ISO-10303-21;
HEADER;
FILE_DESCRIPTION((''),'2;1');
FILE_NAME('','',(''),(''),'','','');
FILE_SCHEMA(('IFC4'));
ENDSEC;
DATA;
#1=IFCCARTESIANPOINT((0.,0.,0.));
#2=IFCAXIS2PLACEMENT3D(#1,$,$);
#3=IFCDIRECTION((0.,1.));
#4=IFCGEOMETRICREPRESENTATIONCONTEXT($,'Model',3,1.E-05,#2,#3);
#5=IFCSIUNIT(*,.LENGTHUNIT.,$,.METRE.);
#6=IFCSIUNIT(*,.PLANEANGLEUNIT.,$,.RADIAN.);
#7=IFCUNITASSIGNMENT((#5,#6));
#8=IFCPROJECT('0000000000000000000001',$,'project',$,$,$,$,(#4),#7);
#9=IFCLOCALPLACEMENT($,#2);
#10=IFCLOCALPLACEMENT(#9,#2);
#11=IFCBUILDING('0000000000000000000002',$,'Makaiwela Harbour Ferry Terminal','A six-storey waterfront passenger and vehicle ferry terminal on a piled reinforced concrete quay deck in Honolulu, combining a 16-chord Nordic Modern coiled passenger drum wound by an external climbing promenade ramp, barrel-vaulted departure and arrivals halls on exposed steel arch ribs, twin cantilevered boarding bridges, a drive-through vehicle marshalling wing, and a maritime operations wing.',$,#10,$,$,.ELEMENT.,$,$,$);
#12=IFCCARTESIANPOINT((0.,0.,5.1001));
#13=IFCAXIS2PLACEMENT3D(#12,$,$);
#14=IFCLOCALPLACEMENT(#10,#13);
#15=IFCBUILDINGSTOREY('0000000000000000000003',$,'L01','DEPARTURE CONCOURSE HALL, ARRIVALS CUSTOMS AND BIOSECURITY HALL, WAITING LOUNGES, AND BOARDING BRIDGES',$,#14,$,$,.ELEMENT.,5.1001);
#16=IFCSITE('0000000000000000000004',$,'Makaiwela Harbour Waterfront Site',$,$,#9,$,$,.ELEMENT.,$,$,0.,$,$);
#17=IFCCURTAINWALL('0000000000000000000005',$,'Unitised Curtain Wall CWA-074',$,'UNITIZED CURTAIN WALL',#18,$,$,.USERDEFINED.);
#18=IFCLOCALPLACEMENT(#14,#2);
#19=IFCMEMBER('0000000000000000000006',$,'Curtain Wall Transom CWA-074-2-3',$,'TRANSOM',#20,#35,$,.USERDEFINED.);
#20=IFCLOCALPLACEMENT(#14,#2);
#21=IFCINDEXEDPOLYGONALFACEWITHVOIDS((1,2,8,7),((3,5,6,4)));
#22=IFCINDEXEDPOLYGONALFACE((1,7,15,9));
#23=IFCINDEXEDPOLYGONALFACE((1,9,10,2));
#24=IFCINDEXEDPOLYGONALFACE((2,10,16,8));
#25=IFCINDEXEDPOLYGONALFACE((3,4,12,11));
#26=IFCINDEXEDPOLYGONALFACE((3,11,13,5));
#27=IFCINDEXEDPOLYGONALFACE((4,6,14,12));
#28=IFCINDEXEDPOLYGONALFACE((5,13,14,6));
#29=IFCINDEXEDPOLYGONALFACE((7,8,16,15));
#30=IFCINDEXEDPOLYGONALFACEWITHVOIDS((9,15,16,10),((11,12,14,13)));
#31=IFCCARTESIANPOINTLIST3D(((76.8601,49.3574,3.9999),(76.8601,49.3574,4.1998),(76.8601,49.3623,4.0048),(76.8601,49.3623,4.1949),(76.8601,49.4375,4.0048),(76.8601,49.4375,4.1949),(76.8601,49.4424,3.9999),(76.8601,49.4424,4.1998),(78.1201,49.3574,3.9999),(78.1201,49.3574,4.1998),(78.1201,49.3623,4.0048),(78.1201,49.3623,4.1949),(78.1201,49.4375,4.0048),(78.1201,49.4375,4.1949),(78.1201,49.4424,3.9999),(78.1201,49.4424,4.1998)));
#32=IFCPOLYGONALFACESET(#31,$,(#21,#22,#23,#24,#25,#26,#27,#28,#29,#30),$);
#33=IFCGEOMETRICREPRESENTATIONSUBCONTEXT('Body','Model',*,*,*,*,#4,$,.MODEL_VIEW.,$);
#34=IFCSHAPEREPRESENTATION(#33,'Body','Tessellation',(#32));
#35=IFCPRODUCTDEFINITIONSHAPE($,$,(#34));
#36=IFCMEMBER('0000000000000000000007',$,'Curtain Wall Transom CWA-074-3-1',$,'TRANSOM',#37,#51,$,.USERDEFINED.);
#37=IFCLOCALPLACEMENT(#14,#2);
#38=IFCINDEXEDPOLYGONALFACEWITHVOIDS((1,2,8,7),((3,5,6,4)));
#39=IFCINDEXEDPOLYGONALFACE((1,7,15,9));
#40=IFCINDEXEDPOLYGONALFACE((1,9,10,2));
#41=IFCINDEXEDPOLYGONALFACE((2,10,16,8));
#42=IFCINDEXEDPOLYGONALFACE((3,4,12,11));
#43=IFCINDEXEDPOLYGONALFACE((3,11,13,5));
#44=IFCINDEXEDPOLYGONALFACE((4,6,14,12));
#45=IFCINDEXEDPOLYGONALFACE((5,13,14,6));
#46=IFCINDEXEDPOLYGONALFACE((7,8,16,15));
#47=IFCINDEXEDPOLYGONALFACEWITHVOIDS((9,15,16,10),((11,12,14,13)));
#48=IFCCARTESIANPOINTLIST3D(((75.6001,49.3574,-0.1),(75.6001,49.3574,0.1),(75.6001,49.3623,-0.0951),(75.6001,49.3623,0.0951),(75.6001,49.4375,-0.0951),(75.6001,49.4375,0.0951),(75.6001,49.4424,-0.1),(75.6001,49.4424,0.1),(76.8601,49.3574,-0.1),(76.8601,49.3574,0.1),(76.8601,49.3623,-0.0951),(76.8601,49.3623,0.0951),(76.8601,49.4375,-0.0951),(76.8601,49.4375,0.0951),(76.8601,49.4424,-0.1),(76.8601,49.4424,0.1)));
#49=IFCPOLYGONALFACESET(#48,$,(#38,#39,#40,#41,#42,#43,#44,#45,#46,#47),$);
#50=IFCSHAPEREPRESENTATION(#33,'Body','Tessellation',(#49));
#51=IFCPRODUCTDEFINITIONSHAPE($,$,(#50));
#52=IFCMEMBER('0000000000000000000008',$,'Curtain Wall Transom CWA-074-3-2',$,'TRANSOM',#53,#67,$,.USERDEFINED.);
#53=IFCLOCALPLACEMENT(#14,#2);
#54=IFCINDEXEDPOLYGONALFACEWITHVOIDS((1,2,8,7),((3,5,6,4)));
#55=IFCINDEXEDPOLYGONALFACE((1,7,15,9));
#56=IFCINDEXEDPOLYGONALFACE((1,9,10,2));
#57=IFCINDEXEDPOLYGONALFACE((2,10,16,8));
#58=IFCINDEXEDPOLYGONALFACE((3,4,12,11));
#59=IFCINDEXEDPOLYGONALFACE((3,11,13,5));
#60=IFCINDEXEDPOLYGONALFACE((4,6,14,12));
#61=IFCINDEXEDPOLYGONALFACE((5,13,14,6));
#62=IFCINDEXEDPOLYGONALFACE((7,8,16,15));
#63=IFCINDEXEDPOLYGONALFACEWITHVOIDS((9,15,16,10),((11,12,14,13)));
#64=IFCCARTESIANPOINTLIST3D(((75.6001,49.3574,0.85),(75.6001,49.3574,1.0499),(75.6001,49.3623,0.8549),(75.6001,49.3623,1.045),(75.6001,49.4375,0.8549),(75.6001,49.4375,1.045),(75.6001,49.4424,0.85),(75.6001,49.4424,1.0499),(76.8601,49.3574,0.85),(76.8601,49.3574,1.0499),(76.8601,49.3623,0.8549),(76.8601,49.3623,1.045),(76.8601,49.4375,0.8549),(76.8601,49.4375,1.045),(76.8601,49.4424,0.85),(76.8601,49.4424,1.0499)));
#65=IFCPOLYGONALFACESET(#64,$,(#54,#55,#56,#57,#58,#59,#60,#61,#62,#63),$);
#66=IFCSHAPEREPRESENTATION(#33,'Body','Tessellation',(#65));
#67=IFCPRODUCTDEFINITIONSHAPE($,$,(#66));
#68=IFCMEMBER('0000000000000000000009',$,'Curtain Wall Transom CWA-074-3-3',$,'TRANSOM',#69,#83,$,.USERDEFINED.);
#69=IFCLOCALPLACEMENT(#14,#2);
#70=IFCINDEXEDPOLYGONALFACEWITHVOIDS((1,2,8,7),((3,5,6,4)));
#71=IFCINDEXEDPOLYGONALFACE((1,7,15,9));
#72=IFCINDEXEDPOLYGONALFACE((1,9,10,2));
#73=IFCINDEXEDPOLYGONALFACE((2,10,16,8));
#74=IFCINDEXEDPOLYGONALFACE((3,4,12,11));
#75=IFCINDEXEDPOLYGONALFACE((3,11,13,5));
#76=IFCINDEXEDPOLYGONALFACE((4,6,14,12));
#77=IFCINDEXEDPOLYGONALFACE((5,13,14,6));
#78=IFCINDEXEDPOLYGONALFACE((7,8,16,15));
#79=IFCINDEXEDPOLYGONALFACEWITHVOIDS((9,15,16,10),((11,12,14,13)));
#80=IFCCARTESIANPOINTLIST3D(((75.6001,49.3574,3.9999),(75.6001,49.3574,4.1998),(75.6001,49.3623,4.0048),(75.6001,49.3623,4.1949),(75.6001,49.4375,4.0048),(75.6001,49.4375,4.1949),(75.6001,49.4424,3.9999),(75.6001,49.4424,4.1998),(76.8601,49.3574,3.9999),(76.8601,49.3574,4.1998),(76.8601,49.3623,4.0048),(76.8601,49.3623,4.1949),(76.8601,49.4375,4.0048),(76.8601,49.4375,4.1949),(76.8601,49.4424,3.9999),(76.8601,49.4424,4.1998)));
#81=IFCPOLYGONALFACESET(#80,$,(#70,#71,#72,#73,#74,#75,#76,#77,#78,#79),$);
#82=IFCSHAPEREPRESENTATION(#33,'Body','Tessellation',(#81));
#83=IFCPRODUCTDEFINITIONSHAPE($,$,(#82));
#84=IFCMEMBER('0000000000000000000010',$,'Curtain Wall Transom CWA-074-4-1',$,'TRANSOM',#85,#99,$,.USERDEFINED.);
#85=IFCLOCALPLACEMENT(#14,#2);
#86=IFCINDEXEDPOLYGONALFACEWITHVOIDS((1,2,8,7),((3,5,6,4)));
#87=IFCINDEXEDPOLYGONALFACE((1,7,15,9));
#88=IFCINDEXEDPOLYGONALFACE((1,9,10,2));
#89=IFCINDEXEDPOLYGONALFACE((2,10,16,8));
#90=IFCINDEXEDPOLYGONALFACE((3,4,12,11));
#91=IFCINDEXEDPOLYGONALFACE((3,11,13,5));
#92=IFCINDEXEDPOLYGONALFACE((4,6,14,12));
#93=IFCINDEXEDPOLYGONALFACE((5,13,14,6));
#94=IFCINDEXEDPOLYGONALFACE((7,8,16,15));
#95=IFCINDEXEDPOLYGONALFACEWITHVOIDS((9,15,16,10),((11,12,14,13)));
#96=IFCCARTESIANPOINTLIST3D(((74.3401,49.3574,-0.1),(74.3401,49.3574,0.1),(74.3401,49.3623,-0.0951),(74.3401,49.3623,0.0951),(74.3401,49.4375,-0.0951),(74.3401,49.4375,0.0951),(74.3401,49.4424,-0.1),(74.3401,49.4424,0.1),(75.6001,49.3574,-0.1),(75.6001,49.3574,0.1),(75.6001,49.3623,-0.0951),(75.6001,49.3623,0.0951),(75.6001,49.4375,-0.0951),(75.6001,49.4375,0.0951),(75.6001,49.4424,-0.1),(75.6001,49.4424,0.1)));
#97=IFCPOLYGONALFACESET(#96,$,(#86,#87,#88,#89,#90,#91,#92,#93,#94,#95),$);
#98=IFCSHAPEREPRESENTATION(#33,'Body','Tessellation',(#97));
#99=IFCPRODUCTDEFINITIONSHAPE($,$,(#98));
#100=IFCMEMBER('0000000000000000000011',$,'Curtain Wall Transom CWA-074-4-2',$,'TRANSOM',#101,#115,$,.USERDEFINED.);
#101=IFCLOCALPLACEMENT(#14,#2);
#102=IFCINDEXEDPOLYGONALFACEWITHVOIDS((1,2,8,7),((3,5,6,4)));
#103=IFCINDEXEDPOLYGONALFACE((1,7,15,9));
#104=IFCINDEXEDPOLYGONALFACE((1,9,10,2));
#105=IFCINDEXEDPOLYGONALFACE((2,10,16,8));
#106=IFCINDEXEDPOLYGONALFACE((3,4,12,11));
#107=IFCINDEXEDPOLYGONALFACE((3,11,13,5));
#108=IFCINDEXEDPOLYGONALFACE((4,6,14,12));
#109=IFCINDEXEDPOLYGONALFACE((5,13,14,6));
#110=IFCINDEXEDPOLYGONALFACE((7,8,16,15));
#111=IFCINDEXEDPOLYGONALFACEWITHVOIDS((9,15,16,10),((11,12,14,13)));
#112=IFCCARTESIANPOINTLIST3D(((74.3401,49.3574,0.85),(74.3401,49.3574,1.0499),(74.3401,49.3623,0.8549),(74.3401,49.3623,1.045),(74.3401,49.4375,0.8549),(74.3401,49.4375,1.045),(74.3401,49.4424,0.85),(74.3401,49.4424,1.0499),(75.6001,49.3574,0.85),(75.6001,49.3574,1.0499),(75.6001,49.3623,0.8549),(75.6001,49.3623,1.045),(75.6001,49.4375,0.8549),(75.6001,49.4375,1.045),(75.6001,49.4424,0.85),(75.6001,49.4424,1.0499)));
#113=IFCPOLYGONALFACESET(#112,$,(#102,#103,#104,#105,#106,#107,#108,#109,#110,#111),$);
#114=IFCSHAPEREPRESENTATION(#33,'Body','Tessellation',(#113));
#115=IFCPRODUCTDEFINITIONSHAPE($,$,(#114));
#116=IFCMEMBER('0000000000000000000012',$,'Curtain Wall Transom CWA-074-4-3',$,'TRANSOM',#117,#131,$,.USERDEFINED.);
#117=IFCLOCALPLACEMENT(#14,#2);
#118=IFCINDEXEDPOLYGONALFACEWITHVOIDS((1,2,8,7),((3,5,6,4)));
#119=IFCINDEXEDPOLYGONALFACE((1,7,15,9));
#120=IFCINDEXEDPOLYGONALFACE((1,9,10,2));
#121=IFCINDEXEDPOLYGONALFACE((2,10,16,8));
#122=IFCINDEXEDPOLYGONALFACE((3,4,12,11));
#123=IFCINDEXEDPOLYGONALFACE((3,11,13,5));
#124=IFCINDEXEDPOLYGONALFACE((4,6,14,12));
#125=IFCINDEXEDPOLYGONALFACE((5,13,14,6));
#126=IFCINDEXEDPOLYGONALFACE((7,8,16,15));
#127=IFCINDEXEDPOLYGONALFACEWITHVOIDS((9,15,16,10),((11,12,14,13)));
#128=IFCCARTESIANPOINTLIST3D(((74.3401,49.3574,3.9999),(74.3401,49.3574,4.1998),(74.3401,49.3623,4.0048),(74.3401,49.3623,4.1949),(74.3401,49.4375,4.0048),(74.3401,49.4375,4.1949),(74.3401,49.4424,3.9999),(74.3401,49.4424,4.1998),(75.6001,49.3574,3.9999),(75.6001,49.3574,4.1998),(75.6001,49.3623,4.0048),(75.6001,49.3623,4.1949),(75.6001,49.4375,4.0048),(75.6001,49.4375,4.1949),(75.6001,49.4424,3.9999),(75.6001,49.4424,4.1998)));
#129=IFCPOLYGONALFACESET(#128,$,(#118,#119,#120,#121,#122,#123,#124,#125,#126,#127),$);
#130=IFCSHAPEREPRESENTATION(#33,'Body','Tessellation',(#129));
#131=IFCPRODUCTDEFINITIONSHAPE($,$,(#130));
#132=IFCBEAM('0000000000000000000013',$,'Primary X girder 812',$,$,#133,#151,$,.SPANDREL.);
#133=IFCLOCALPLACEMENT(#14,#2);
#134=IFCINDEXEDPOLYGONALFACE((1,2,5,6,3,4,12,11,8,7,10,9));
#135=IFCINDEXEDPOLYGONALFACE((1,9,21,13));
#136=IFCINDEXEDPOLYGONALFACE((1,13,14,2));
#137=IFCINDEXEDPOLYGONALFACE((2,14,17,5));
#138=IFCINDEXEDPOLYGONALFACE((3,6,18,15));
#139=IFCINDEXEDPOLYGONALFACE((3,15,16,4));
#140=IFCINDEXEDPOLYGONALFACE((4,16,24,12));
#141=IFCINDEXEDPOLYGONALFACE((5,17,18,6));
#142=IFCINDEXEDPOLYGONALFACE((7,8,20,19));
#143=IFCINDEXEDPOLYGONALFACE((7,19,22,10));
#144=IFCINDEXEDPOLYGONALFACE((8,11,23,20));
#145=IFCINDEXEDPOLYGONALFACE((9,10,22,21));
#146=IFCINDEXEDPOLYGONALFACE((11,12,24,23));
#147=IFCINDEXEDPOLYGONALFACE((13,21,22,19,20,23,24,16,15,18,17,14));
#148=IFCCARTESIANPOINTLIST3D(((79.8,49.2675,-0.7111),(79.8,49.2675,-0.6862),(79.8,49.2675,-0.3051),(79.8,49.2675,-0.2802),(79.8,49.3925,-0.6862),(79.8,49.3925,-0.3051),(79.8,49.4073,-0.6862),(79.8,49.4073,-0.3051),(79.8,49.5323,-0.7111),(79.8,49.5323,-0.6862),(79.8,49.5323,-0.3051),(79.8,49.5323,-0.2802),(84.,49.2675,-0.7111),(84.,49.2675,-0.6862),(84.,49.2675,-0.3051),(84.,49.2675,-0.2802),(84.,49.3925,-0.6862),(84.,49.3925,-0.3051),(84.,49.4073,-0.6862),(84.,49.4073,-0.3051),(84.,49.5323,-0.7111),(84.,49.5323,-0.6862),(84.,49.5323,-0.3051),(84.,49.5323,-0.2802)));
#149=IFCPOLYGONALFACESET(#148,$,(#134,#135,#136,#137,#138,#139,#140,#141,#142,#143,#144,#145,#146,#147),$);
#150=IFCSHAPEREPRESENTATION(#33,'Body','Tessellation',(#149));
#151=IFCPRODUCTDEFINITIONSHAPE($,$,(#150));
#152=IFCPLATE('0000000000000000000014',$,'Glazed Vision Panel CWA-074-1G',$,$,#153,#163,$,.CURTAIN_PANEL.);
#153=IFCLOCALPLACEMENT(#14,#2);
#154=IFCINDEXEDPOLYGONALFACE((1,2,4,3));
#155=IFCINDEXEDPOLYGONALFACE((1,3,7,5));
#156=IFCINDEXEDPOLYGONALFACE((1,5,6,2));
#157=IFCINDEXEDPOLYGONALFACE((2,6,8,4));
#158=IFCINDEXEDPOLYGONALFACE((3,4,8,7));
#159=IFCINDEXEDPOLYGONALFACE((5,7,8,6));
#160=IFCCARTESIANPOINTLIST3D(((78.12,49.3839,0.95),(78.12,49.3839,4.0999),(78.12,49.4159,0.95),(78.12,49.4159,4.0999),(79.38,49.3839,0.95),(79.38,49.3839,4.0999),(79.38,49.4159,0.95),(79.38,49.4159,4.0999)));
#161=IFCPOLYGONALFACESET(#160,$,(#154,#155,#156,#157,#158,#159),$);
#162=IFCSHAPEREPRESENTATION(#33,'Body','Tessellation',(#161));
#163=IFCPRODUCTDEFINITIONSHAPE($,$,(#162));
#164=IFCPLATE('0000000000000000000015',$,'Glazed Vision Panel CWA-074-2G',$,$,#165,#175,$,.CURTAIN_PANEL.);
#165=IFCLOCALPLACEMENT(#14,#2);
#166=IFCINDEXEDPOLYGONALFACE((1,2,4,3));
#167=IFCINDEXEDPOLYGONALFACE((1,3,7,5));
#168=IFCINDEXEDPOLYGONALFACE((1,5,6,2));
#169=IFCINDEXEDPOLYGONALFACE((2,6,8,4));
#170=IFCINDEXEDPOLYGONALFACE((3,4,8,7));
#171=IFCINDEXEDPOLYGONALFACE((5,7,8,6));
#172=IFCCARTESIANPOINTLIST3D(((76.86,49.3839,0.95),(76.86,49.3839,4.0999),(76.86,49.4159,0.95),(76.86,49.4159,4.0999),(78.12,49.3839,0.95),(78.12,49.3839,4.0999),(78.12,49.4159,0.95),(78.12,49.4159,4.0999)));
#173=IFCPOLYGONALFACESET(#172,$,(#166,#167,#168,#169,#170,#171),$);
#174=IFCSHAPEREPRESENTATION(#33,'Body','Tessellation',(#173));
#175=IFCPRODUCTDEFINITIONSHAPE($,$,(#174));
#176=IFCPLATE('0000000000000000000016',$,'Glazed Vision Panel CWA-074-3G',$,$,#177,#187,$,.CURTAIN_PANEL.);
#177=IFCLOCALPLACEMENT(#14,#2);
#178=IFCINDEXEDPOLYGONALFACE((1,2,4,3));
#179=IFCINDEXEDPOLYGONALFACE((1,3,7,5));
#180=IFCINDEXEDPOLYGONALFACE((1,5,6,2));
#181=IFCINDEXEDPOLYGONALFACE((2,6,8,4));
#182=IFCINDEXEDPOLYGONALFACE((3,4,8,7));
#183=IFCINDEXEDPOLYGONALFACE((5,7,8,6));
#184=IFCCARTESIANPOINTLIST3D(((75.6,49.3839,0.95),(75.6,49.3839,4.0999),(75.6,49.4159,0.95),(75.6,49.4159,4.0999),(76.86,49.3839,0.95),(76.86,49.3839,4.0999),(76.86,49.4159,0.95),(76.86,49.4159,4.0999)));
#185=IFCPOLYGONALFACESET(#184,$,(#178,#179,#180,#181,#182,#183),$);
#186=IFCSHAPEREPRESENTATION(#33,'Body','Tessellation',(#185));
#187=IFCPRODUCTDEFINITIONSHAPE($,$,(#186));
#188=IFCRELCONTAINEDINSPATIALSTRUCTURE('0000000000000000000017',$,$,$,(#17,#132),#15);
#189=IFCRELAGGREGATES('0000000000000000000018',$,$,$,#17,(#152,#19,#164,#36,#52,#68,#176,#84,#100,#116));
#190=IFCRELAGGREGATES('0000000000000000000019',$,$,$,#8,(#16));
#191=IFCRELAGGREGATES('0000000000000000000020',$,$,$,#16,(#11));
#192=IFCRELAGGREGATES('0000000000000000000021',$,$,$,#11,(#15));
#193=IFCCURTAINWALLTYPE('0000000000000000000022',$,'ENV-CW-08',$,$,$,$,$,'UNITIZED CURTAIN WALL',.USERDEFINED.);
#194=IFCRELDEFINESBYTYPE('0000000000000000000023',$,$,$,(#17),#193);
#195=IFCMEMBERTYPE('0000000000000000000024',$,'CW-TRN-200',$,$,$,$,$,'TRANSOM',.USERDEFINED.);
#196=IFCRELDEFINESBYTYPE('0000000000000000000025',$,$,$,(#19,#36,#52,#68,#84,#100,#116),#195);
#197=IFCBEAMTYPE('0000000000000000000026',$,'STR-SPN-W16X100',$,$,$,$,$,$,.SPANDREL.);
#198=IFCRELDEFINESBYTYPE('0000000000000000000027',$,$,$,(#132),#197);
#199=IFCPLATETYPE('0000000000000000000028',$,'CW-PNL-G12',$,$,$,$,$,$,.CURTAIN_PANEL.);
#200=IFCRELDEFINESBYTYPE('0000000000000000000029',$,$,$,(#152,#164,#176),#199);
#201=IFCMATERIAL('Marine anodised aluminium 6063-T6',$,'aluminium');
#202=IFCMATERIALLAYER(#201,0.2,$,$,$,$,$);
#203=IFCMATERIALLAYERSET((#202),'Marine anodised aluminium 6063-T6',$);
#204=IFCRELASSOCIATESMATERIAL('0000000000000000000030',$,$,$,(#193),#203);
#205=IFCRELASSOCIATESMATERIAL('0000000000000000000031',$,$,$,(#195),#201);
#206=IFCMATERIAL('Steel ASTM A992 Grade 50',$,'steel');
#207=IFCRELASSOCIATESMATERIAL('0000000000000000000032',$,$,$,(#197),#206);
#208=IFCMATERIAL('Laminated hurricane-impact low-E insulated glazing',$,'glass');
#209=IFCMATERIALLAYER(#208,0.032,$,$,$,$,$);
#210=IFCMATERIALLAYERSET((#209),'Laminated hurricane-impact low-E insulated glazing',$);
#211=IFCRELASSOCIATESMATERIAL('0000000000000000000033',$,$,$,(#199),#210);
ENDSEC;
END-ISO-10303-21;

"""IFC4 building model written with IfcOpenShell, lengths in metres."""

from ifc_helpers import new_model, si_unit, direction, frame, origin, origin_2d, place, context, subcontext, project, spatial, rectangle, hollow_rectangle, i_section, extrude, material, layer, layer_set, material_profile, profile_set, type_object, element, aggregate, save


model = new_model("IFC4")

# Units and contexts
model_context = context("Model", 3, precision=1e-05, world=origin(), true_north=direction((0.0, 1.0)))
body_context = subcontext(model_context, "Body", "Model", "MODEL_VIEW")
ifc_project = project(units=[si_unit("LENGTHUNIT", "METRE"), si_unit("PLANEANGLEUNIT", "RADIAN")], contexts=[model_context])

# Site, building, storey
site_placement = place(None, origin())
site = spatial("IfcSite", under=ifc_project, at=site_placement, Name="Makaiwela Harbour Waterfront Site", CompositionType="ELEMENT", RefElevation=0.0)
building_placement = place(site_placement, origin())
building = spatial("IfcBuilding", under=site, at=building_placement, Name="Makaiwela Harbour Ferry Terminal", Description="A six-storey waterfront passenger and vehicle ferry terminal on a piled reinforced concrete quay deck in Honolulu, combining a 16-chord Nordic Modern coiled passenger drum wound by an external climbing promenade ramp, barrel-vaulted departure and arrivals halls on exposed steel arch ribs, twin cantilevered boarding bridges, a drive-through vehicle marshalling wing, and a maritime operations wing.", CompositionType="ELEMENT")
storey_placement = place(building_placement, frame((0.0, 0.0, 5.1001)))
storey = spatial("IfcBuildingStorey", under=building, at=storey_placement, Name="L01", Description="DEPARTURE CONCOURSE HALL, ARRIVALS CUSTOMS AND BIOSECURITY HALL, WAITING LOUNGES, AND BOARDING BRIDGES", CompositionType="ELEMENT", Elevation=5.1001)

# Shared definitions
ifc_material_1 = material(Name="Steel ASTM A992 Grade 50", Category="steel")

# Curtain wall, members
ifc_material_2 = material(Name="Marine anodised aluminium 6063-T6", Category="aluminium")
ifc_layer_1 = layer(ifc_material_2, 0.2)
ifc_layer_set_1 = layer_set([ifc_layer_1], Name="Marine anodised aluminium 6063-T6")
curtain_wall_type = type_object("IfcCurtainWallType", Name="ENV-CW-08", ElementType="UNITIZED CURTAIN WALL", PredefinedType="USERDEFINED", material=ifc_layer_set_1)
curtain_wall_placement = place(storey_placement, origin())
curtain_wall = element("IfcCurtainWall", 1, at=curtain_wall_placement, inside=storey, type_object=curtain_wall_type, Name="Unitised Curtain Wall CWA-074", ObjectType="UNITIZED CURTAIN WALL", PredefinedType="USERDEFINED")
ifc_material_profile_1 = material_profile(ifc_material_2, hollow_rectangle(XDim=0.085, YDim=0.2, WallThickness=0.0049, at=origin_2d()), Name="CWT-200X85")
ifc_profile_set_1 = profile_set([ifc_material_profile_1], Name="Marine anodised aluminium 6063-T6")
member_type_1 = type_object("IfcMemberType", Name="CW-TRN-200", ElementType="TRANSOM", PredefinedType="USERDEFINED", material=ifc_profile_set_1)
member_1_placement = place(storey_placement, frame((78.1201, 49.3999, 4.0999), z_axis=(-1.0, 0.0, 0.0), x_axis=(0.0, -1.0, 0.0)))
member_1 = element("IfcMember", 2, at=member_1_placement, type_object=member_type_1, Name="Curtain Wall Transom CWA-074-2-3", ObjectType="TRANSOM", PredefinedType="USERDEFINED", context=body_context, shape_type="SweptSolid", body=[
    extrude(hollow_rectangle(XDim=0.085, YDim=0.2, WallThickness=0.0049, at=origin_2d()), origin(), (0.0, 0.0, 1.0), 1.26),
])
member_2_placement = place(storey_placement, frame((76.8601, 49.3999, 0.0), z_axis=(-1.0, 0.0, 0.0), x_axis=(0.0, -1.0, 0.0)))
member_2 = element("IfcMember", 3, at=member_2_placement, type_object=member_type_1, Name="Curtain Wall Transom CWA-074-3-1", ObjectType="TRANSOM", PredefinedType="USERDEFINED", context=body_context, shape_type="SweptSolid", body=[
    extrude(hollow_rectangle(XDim=0.085, YDim=0.2, WallThickness=0.0049, at=origin_2d()), origin(), (0.0, 0.0, 1.0), 1.26),
])
member_3_placement = place(storey_placement, frame((76.8601, 49.3999, 0.95), z_axis=(-1.0, 0.0, 0.0), x_axis=(0.0, -1.0, 0.0)))
member_3 = element("IfcMember", 4, at=member_3_placement, type_object=member_type_1, Name="Curtain Wall Transom CWA-074-3-2", ObjectType="TRANSOM", PredefinedType="USERDEFINED", context=body_context, shape_type="SweptSolid", body=[
    extrude(hollow_rectangle(XDim=0.085, YDim=0.2, WallThickness=0.0049, at=origin_2d()), origin(), (0.0, 0.0, 1.0), 1.26),
])
member_4_placement = place(storey_placement, frame((76.8601, 49.3999, 4.0999), z_axis=(-1.0, 0.0, 0.0), x_axis=(0.0, -1.0, 0.0)))
member_4 = element("IfcMember", 5, at=member_4_placement, type_object=member_type_1, Name="Curtain Wall Transom CWA-074-3-3", ObjectType="TRANSOM", PredefinedType="USERDEFINED", context=body_context, shape_type="SweptSolid", body=[
    extrude(hollow_rectangle(XDim=0.085, YDim=0.2, WallThickness=0.0049, at=origin_2d()), origin(), (0.0, 0.0, 1.0), 1.26),
])
member_5_placement = place(storey_placement, frame((75.6001, 49.3999, 0.0), z_axis=(-1.0, 0.0, 0.0), x_axis=(0.0, -1.0, 0.0)))
member_5 = element("IfcMember", 6, at=member_5_placement, type_object=member_type_1, Name="Curtain Wall Transom CWA-074-4-1", ObjectType="TRANSOM", PredefinedType="USERDEFINED", context=body_context, shape_type="SweptSolid", body=[
    extrude(hollow_rectangle(XDim=0.085, YDim=0.2, WallThickness=0.0049, at=origin_2d()), origin(), (0.0, 0.0, 1.0), 1.26),
])
member_6_placement = place(storey_placement, frame((75.6001, 49.3999, 0.95), z_axis=(-1.0, 0.0, 0.0), x_axis=(0.0, -1.0, 0.0)))
member_6 = element("IfcMember", 7, at=member_6_placement, type_object=member_type_1, Name="Curtain Wall Transom CWA-074-4-2", ObjectType="TRANSOM", PredefinedType="USERDEFINED", context=body_context, shape_type="SweptSolid", body=[
    extrude(hollow_rectangle(XDim=0.085, YDim=0.2, WallThickness=0.0049, at=origin_2d()), origin(), (0.0, 0.0, 1.0), 1.26),
])
member_7_placement = place(storey_placement, frame((75.6001, 49.3999, 4.0999), z_axis=(-1.0, 0.0, 0.0), x_axis=(0.0, -1.0, 0.0)))
member_7 = element("IfcMember", 8, at=member_7_placement, type_object=member_type_1, Name="Curtain Wall Transom CWA-074-4-3", ObjectType="TRANSOM", PredefinedType="USERDEFINED", context=body_context, shape_type="SweptSolid", body=[
    extrude(hollow_rectangle(XDim=0.085, YDim=0.2, WallThickness=0.0049, at=origin_2d()), origin(), (0.0, 0.0, 1.0), 1.26),
])

# Beam
ifc_material_profile_2 = material_profile(ifc_material_1, i_section(OverallWidth=0.2649, OverallDepth=0.4309, WebThickness=0.0149, FlangeThickness=0.0249, at=origin_2d()), Name="W16X100")
ifc_profile_set_2 = profile_set([ifc_material_profile_2], Name="Steel ASTM A992 Grade 50")
beam_type = type_object("IfcBeamType", Name="STR-SPN-W16X100", PredefinedType="SPANDREL", material=ifc_profile_set_2)
beam_placement = place(storey_placement, frame((79.8, 49.3999, -0.4956), z_axis=(1.0, 0.0, 0.0), x_axis=(0.0, 1.0, 0.0)))
element("IfcBeam", 9, at=beam_placement, inside=storey, type_object=beam_type, Name="Primary X girder 812", PredefinedType="SPANDREL", context=body_context, shape_type="SweptSolid", body=[
    extrude(i_section(OverallWidth=0.2649, OverallDepth=0.4309, WebThickness=0.0149, FlangeThickness=0.0249, at=origin_2d()), origin(), (0.0, 0.0, 1.0), 4.2),
])

# Plates
ifc_material_3 = material(Name="Laminated hurricane-impact low-E insulated glazing", Category="glass")
ifc_layer_2 = layer(ifc_material_3, 0.032)
ifc_layer_set_2 = layer_set([ifc_layer_2], Name="Laminated hurricane-impact low-E insulated glazing")
plate_type_1 = type_object("IfcPlateType", Name="CW-PNL-G12", PredefinedType="CURTAIN_PANEL", material=ifc_layer_set_2)
plate_1_placement = place(storey_placement, frame((78.75, 49.3999, 0.95), z_axis=(0.0, 0.0, 1.0), x_axis=(-1.0, 0.0, 0.0)))
plate_1 = element("IfcPlate", 10, at=plate_1_placement, type_object=plate_type_1, Name="Glazed Vision Panel CWA-074-1G", PredefinedType="CURTAIN_PANEL", context=body_context, shape_type="SweptSolid", body=[
    extrude(rectangle(XDim=1.26, YDim=0.032, at=origin_2d()), origin(), (0.0, 0.0, 1.0), 3.1499),
])
plate_2_placement = place(storey_placement, frame((77.49, 49.3999, 0.95), z_axis=(0.0, 0.0, 1.0), x_axis=(-1.0, 0.0, 0.0)))
plate_2 = element("IfcPlate", 11, at=plate_2_placement, type_object=plate_type_1, Name="Glazed Vision Panel CWA-074-2G", PredefinedType="CURTAIN_PANEL", context=body_context, shape_type="SweptSolid", body=[
    extrude(rectangle(XDim=1.26, YDim=0.032, at=origin_2d()), origin(), (0.0, 0.0, 1.0), 3.1499),
])
plate_3_placement = place(storey_placement, frame((76.23, 49.3999, 0.95), z_axis=(0.0, 0.0, 1.0), x_axis=(-1.0, 0.0, 0.0)))
plate_3 = element("IfcPlate", 12, at=plate_3_placement, type_object=plate_type_1, Name="Glazed Vision Panel CWA-074-3G", PredefinedType="CURTAIN_PANEL", context=body_context, shape_type="SweptSolid", body=[
    extrude(rectangle(XDim=1.26, YDim=0.032, at=origin_2d()), origin(), (0.0, 0.0, 1.0), 3.1499),
])
aggregate(curtain_wall, [plate_1, member_1, plate_2, member_2, member_3, member_4, plate_3, member_5, member_6, member_7])

save(model, "model.ifc")
